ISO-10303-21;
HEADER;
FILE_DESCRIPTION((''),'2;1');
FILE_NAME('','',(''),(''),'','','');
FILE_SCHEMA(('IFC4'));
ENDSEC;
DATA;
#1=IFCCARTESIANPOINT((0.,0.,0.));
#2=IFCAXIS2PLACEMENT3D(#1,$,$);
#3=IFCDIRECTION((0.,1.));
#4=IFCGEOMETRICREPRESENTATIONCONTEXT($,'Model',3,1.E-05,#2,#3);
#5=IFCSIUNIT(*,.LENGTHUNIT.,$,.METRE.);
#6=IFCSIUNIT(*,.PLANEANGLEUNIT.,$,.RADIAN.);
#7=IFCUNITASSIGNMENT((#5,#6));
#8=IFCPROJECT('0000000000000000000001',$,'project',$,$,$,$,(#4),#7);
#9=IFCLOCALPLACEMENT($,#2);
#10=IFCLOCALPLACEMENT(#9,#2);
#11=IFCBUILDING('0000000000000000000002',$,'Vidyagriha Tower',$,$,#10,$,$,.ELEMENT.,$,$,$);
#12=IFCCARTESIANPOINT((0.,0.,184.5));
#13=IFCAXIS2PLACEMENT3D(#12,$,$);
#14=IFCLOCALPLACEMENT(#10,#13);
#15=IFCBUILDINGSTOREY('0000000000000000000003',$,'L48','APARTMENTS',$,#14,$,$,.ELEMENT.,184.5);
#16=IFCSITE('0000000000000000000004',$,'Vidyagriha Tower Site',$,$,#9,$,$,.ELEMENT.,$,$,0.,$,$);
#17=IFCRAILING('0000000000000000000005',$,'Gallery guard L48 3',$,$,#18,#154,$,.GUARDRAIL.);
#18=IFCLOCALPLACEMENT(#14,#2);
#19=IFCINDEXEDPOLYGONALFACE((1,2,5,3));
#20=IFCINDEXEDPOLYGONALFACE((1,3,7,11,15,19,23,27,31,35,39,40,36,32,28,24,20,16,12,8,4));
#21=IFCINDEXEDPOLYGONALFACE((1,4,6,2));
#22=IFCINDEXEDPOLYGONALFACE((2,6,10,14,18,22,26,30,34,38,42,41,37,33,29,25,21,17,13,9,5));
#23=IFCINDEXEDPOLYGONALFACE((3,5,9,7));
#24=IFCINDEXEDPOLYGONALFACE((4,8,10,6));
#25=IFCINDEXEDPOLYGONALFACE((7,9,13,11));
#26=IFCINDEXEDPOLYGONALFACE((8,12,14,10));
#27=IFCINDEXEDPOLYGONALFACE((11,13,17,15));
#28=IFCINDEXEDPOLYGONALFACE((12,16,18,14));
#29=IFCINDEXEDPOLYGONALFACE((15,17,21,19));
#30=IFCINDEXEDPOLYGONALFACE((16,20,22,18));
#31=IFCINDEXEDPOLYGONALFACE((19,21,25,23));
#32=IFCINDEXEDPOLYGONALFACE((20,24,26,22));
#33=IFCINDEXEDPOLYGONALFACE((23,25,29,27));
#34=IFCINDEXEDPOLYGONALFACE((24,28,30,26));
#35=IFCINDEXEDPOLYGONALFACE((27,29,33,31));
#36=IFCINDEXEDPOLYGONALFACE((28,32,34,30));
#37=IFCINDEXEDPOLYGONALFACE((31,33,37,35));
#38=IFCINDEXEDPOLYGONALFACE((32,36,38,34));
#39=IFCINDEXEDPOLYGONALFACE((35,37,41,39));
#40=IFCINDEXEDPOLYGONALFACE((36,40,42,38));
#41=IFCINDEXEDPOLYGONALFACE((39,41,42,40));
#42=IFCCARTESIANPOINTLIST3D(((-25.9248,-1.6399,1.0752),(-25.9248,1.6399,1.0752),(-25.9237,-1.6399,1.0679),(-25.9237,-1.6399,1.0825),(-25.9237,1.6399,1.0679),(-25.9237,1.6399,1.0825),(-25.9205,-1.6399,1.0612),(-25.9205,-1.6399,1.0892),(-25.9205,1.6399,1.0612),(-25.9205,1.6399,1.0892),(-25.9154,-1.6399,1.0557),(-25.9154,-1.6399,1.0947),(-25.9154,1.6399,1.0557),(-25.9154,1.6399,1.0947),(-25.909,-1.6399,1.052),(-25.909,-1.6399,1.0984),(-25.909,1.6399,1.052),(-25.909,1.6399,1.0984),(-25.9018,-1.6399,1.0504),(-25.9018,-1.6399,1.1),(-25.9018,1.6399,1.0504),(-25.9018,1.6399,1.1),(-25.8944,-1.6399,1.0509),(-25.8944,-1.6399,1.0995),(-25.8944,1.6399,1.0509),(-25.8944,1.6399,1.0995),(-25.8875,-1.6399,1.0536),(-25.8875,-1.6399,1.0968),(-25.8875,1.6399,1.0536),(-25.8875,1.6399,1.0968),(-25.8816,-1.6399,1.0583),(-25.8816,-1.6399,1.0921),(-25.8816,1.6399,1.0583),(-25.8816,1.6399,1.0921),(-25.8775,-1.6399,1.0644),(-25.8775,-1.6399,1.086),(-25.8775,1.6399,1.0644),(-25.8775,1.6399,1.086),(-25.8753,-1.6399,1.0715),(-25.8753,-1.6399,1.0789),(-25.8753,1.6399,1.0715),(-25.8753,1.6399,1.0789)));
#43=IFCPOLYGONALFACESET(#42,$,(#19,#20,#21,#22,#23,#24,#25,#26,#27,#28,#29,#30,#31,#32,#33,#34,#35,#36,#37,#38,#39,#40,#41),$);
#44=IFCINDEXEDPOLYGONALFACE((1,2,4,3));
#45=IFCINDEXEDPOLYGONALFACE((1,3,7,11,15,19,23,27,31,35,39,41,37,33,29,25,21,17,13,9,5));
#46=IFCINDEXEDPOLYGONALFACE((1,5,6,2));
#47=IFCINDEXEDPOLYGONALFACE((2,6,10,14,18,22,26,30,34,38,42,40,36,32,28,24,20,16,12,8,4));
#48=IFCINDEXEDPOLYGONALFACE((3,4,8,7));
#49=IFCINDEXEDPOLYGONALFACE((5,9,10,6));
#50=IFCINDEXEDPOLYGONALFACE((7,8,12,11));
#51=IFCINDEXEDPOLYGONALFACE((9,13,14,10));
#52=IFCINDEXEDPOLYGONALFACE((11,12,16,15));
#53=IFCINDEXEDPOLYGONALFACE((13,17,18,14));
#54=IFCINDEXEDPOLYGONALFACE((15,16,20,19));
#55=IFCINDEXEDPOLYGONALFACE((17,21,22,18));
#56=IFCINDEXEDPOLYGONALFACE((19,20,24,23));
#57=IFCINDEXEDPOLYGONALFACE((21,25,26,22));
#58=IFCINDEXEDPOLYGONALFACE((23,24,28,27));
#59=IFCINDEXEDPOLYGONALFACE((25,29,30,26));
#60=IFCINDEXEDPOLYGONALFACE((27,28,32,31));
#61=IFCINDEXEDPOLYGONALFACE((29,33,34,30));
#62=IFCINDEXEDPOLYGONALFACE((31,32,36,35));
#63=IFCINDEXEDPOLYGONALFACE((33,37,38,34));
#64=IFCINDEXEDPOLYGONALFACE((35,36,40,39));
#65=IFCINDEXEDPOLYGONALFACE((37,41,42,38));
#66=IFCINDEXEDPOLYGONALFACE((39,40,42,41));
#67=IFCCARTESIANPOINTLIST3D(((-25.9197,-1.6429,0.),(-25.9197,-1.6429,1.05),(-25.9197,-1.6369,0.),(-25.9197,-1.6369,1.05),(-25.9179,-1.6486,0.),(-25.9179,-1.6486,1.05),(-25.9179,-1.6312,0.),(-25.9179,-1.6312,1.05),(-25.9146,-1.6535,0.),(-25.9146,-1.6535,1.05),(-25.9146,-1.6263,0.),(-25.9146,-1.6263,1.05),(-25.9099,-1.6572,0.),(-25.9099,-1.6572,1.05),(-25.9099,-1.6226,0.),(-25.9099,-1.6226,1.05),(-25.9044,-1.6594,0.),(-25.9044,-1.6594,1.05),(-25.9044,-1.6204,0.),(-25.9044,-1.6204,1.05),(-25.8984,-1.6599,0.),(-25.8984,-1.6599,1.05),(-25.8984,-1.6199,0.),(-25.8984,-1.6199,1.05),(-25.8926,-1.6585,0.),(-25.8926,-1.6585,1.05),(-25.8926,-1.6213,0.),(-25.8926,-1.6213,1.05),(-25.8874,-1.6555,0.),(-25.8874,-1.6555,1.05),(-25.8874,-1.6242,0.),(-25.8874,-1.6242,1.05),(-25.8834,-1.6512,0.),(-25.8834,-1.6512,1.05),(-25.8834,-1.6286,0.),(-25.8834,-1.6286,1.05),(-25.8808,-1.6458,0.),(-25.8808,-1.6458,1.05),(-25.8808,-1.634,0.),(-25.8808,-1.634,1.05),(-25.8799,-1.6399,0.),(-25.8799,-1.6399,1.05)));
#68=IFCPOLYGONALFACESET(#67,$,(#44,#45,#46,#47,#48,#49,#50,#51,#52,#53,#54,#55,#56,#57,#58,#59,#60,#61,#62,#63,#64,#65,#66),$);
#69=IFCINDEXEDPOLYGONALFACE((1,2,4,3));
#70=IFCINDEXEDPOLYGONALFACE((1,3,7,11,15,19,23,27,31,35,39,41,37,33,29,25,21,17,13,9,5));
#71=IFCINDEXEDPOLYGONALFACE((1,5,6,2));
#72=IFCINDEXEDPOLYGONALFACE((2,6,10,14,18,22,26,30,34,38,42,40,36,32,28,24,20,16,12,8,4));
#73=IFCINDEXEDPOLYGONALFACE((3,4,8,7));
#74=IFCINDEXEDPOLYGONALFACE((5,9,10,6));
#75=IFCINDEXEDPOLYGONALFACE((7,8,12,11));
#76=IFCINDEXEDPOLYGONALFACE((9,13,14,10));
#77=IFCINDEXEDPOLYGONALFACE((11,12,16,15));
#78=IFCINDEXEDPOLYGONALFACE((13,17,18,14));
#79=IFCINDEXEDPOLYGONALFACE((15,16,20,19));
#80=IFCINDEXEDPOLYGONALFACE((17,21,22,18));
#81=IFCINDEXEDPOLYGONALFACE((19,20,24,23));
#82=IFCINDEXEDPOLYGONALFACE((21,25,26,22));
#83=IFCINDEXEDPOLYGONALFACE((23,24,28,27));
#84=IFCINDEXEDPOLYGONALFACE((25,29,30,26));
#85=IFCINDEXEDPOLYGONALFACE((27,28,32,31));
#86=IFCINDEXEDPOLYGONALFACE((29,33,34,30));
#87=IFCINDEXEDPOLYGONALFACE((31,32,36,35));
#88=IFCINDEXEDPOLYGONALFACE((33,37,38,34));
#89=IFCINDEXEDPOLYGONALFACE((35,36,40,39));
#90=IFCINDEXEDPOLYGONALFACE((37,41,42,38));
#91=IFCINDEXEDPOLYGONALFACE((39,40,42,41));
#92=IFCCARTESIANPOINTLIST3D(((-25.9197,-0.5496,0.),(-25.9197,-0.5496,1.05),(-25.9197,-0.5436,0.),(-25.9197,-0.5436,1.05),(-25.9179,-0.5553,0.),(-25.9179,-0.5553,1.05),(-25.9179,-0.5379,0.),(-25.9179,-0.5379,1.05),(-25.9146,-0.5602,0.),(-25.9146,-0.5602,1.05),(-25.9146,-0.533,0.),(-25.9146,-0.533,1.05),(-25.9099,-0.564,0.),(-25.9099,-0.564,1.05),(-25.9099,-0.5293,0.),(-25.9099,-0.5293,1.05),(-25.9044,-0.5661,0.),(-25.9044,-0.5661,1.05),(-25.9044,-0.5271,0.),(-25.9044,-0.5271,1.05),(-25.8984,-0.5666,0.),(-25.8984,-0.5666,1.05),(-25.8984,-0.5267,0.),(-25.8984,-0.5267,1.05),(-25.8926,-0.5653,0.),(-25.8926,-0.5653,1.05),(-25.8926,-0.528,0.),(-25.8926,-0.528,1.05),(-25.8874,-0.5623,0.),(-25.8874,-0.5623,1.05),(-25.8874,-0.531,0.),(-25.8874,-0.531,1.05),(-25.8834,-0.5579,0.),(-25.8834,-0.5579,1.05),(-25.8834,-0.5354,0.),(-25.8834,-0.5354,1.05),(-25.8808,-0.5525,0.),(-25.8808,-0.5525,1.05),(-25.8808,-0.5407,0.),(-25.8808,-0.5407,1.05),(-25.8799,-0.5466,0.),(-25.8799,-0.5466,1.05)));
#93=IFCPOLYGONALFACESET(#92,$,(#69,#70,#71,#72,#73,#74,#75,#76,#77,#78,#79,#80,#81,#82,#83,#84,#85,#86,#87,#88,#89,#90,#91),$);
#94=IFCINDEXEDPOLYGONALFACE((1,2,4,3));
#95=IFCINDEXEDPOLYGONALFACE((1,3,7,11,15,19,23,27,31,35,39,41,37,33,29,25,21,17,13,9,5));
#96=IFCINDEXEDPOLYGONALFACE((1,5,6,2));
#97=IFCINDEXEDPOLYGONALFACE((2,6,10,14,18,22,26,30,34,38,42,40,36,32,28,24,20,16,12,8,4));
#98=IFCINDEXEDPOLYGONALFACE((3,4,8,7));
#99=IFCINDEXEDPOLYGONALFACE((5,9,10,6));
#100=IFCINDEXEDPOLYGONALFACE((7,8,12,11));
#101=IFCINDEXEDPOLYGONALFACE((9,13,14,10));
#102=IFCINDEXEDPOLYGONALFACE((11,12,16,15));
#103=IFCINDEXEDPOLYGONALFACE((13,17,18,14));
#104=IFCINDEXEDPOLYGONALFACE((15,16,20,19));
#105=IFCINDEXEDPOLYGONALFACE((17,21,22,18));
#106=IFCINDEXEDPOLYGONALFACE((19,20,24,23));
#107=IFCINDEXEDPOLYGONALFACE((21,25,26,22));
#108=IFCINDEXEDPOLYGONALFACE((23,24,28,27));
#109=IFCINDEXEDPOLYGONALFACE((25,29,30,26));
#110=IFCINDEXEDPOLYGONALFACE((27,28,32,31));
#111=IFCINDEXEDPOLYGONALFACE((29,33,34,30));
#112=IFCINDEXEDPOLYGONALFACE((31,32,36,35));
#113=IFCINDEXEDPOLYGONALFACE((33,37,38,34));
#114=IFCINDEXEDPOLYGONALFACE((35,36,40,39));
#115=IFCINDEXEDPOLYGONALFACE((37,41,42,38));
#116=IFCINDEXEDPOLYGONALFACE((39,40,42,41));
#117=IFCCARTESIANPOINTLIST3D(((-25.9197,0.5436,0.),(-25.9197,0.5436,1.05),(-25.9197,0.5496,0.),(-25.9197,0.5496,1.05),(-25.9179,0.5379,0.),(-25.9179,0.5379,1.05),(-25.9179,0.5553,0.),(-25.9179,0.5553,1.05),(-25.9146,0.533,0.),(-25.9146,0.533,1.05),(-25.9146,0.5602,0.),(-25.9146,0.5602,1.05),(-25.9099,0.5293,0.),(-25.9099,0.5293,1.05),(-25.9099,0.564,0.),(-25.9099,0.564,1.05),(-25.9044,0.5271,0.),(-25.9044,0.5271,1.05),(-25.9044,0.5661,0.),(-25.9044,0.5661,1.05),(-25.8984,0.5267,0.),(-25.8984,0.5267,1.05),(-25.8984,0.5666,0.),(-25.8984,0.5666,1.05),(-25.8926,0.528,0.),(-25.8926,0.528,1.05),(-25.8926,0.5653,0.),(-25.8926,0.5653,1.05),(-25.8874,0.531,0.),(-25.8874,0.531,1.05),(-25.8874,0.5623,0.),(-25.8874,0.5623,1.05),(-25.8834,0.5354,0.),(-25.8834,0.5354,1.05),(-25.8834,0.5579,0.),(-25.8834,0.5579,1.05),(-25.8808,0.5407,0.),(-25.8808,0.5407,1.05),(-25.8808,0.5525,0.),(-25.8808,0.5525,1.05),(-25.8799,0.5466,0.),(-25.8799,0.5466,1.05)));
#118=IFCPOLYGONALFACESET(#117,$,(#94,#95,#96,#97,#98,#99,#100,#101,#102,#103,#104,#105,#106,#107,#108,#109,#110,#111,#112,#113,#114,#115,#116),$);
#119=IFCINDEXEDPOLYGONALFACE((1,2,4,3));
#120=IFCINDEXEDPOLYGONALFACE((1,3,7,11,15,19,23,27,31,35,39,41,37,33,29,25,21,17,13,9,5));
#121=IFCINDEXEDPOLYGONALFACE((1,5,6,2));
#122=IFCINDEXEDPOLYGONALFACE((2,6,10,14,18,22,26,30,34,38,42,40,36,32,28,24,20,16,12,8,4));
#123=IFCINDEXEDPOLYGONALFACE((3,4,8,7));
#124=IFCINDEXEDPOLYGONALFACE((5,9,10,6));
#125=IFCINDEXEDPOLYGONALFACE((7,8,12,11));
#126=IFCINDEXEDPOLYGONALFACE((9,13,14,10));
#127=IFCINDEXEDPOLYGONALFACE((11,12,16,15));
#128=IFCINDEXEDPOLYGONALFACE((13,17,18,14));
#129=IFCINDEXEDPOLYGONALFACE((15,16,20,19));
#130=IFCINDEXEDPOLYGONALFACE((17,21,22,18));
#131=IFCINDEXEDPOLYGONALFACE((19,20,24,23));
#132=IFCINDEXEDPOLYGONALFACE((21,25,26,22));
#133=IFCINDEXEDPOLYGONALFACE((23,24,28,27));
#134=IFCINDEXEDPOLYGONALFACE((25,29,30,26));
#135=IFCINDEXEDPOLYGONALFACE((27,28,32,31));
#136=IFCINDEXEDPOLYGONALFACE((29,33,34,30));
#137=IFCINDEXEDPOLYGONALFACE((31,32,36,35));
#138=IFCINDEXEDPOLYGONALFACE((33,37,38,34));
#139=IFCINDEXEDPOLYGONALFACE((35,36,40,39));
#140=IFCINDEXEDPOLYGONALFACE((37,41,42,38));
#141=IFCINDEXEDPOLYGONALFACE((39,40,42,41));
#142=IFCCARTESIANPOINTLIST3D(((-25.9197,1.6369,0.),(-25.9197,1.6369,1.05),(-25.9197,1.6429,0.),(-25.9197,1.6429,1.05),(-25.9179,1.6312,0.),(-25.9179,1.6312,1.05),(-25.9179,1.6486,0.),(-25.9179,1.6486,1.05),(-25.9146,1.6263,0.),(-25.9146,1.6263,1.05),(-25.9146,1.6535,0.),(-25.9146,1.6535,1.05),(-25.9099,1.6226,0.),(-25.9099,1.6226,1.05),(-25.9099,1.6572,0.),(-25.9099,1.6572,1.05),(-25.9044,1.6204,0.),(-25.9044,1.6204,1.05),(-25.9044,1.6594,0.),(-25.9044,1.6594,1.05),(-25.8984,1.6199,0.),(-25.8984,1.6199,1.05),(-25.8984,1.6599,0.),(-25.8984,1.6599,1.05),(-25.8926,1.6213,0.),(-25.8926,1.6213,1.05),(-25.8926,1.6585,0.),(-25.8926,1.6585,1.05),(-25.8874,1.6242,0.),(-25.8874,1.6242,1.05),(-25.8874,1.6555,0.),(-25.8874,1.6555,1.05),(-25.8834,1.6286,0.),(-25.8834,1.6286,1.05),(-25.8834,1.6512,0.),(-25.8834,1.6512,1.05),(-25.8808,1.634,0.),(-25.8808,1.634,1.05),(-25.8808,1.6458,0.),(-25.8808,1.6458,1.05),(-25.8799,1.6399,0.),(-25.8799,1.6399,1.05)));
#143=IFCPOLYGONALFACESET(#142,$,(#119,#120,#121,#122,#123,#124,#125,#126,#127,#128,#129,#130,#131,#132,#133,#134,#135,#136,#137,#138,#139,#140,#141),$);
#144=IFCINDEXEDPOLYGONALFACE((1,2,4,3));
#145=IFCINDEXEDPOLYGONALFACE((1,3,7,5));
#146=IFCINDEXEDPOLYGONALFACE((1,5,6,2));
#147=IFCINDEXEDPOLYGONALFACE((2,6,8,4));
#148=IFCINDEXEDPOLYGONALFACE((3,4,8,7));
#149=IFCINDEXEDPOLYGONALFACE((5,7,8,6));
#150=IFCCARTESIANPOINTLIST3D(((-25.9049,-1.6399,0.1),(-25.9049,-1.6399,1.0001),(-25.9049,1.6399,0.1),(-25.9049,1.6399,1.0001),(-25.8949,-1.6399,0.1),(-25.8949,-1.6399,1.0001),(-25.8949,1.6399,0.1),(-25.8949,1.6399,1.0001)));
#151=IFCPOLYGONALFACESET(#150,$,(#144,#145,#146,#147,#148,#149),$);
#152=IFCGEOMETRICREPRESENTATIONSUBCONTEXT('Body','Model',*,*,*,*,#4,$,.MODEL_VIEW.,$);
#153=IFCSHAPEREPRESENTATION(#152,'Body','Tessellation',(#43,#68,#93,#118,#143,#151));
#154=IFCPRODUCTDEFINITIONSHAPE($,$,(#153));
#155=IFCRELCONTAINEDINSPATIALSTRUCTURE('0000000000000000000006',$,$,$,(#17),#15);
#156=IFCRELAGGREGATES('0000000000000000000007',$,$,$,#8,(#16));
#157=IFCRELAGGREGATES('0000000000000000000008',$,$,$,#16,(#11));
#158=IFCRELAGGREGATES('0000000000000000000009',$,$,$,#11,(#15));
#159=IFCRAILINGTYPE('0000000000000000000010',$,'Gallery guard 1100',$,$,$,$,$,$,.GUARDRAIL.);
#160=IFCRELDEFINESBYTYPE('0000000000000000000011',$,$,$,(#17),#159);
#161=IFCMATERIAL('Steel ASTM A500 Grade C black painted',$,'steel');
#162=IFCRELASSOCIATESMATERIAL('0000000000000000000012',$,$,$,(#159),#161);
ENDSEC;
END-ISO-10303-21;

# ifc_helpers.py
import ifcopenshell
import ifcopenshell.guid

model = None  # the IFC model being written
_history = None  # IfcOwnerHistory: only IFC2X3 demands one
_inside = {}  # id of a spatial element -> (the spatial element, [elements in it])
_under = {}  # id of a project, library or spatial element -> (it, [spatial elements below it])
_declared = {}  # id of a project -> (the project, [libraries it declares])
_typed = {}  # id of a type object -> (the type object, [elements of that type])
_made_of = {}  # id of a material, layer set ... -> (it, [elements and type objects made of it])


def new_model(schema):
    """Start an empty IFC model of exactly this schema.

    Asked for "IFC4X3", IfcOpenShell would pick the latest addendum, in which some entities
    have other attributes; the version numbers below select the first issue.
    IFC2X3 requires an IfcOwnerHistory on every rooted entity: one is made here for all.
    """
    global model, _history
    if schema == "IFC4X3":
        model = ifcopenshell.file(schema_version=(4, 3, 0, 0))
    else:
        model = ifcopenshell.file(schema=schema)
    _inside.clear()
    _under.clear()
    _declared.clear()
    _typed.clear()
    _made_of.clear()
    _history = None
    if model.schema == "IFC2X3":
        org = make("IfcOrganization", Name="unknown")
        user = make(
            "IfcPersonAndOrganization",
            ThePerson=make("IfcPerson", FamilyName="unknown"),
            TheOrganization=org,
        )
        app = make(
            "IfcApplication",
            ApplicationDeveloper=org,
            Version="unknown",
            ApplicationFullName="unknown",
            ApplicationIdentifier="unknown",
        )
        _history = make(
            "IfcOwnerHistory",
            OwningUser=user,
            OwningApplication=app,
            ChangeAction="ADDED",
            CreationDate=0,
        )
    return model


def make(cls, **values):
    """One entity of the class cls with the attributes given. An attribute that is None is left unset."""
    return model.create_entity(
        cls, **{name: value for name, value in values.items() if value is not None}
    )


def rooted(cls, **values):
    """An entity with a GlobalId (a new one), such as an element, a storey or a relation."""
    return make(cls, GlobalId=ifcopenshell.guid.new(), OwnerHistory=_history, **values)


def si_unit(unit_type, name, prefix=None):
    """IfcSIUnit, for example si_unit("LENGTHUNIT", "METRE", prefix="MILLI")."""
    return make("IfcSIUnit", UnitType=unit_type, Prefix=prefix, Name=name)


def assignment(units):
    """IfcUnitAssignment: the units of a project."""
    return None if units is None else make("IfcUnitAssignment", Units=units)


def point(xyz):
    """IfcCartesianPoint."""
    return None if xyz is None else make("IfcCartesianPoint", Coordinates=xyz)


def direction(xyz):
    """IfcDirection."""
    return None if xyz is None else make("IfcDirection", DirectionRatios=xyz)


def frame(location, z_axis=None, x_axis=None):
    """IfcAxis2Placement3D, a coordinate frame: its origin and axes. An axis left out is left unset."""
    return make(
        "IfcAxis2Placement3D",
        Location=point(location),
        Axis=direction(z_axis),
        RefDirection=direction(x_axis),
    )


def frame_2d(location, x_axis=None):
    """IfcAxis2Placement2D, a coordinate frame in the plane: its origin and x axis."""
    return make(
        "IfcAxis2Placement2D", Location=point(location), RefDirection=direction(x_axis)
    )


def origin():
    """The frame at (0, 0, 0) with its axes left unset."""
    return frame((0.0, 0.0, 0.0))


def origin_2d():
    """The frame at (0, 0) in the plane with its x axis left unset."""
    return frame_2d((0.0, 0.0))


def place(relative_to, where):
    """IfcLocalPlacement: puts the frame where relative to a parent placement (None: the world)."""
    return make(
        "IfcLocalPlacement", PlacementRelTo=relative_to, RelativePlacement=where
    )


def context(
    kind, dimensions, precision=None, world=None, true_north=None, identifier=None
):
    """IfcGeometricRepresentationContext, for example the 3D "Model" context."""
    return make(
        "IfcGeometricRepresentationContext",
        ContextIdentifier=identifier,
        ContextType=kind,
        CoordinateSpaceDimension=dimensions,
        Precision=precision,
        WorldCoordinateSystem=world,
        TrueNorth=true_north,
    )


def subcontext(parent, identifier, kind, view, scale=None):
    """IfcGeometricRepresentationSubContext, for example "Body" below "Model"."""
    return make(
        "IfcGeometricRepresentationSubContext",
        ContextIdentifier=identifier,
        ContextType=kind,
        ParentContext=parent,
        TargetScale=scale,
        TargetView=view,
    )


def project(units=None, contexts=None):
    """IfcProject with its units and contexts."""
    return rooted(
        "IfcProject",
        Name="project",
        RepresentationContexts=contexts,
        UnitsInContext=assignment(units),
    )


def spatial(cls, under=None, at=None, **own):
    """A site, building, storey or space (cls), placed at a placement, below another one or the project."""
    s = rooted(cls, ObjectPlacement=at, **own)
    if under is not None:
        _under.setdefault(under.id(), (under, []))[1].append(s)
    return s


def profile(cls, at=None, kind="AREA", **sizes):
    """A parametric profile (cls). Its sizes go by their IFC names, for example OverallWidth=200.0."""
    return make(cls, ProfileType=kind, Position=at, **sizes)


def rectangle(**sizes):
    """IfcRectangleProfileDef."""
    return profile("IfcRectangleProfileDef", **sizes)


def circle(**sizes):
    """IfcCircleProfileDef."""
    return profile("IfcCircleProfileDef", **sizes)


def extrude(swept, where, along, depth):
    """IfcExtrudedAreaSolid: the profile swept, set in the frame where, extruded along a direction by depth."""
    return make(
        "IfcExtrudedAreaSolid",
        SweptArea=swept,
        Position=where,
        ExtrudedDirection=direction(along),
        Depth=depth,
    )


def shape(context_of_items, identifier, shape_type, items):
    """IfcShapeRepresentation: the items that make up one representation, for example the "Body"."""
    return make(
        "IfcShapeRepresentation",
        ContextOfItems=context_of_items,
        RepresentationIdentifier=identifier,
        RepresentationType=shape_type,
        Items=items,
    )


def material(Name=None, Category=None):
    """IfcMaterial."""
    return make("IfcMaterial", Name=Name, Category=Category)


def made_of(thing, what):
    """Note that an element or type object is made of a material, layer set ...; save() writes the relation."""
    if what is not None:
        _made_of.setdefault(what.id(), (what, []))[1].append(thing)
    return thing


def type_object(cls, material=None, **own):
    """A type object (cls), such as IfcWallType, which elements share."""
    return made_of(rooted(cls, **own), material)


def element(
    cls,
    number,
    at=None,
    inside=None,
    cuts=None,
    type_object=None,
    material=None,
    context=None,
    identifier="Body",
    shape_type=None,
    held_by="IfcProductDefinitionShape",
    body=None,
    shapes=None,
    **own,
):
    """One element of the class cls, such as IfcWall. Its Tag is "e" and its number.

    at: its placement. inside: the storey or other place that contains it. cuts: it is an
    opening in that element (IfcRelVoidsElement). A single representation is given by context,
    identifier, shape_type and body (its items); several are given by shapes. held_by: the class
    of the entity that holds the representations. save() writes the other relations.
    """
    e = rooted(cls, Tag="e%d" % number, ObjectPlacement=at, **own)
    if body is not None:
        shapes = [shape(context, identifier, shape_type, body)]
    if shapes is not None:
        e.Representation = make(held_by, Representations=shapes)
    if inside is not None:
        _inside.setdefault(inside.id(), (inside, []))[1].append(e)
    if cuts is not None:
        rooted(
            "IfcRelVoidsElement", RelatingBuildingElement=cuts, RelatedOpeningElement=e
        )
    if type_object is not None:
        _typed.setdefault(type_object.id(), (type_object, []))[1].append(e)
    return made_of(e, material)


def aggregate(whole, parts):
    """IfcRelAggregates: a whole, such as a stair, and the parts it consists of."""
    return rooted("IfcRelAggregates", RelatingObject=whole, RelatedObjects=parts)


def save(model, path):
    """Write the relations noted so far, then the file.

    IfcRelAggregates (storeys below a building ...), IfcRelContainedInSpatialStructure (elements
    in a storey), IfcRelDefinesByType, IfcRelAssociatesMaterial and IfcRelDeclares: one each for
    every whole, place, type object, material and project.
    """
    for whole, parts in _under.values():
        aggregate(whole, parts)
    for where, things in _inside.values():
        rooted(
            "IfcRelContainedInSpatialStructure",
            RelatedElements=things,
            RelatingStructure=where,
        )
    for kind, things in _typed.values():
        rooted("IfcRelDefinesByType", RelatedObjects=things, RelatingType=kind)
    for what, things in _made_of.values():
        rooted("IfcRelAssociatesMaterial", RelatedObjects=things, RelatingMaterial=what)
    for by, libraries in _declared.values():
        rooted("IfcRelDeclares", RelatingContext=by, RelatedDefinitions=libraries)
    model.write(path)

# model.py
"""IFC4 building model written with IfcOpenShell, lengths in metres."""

from ifc_helpers import new_model, si_unit, direction, frame, origin, origin_2d, place, context, subcontext, project, spatial, rectangle, circle, extrude, material, type_object, element, save


model = new_model("IFC4")

# Units and contexts
model_context = context("Model", 3, precision=1e-05, world=origin(), true_north=direction((0.0, 1.0)))
body_context = subcontext(model_context, "Body", "Model", "MODEL_VIEW")
ifc_project = project(units=[si_unit("LENGTHUNIT", "METRE"), si_unit("PLANEANGLEUNIT", "RADIAN")], contexts=[model_context])

# Site, building, storey
site_placement = place(None, origin())
site = spatial("IfcSite", under=ifc_project, at=site_placement, Name="Vidyagriha Tower Site", CompositionType="ELEMENT", RefElevation=0.0)
building_placement = place(site_placement, origin())
building = spatial("IfcBuilding", under=site, at=building_placement, Name="Vidyagriha Tower", CompositionType="ELEMENT")
storey_placement = place(building_placement, frame((0.0, 0.0, 184.5)))
storey = spatial("IfcBuildingStorey", under=building, at=storey_placement, Name="L48", Description="APARTMENTS", CompositionType="ELEMENT", Elevation=184.5)

# Railing
ifc_material_1 = material(Name="Steel ASTM A500 Grade C black painted", Category="steel")
railing_type_1 = type_object("IfcRailingType", Name="Gallery guard 1100", PredefinedType="GUARDRAIL", material=ifc_material_1)
railing_1_placement = place(storey_placement, frame((-25.8999, -1.6399, 0.0)))
element("IfcRailing", 1, at=railing_1_placement, inside=storey, type_object=railing_type_1, Name="Gallery guard L48 3", PredefinedType="GUARDRAIL", context=body_context, shape_type="SweptSolid", body=[
    extrude(circle(Radius=0.0249, at=origin_2d()), frame((0.0, 0.0, 1.0752), z_axis=(0.0, 1.0, 0.0), x_axis=(-1.0, 0.0, 0.0)), (0.0, 0.0, 1.0), 3.2798),
    extrude(circle(Radius=0.02, at=origin_2d()), origin(), (0.0, 0.0, 1.0), 1.05),
    extrude(circle(Radius=0.02, at=origin_2d()), frame((0.0, 1.0933, 0.0)), (0.0, 0.0, 1.0), 1.05),
    extrude(circle(Radius=0.02, at=origin_2d()), frame((0.0, 2.1865, 0.0)), (0.0, 0.0, 1.0), 1.05),
    extrude(circle(Radius=0.02, at=origin_2d()), frame((0.0, 3.2798, 0.0)), (0.0, 0.0, 1.0), 1.05),
    extrude(rectangle(XDim=0.01, YDim=0.9001, at=origin_2d()), frame((0.0, 0.0, 0.55), z_axis=(0.0, 1.0, 0.0), x_axis=(-1.0, 0.0, 0.0)), (0.0, 0.0, 1.0), 3.2798),
])

save(model, "model.ifc")
